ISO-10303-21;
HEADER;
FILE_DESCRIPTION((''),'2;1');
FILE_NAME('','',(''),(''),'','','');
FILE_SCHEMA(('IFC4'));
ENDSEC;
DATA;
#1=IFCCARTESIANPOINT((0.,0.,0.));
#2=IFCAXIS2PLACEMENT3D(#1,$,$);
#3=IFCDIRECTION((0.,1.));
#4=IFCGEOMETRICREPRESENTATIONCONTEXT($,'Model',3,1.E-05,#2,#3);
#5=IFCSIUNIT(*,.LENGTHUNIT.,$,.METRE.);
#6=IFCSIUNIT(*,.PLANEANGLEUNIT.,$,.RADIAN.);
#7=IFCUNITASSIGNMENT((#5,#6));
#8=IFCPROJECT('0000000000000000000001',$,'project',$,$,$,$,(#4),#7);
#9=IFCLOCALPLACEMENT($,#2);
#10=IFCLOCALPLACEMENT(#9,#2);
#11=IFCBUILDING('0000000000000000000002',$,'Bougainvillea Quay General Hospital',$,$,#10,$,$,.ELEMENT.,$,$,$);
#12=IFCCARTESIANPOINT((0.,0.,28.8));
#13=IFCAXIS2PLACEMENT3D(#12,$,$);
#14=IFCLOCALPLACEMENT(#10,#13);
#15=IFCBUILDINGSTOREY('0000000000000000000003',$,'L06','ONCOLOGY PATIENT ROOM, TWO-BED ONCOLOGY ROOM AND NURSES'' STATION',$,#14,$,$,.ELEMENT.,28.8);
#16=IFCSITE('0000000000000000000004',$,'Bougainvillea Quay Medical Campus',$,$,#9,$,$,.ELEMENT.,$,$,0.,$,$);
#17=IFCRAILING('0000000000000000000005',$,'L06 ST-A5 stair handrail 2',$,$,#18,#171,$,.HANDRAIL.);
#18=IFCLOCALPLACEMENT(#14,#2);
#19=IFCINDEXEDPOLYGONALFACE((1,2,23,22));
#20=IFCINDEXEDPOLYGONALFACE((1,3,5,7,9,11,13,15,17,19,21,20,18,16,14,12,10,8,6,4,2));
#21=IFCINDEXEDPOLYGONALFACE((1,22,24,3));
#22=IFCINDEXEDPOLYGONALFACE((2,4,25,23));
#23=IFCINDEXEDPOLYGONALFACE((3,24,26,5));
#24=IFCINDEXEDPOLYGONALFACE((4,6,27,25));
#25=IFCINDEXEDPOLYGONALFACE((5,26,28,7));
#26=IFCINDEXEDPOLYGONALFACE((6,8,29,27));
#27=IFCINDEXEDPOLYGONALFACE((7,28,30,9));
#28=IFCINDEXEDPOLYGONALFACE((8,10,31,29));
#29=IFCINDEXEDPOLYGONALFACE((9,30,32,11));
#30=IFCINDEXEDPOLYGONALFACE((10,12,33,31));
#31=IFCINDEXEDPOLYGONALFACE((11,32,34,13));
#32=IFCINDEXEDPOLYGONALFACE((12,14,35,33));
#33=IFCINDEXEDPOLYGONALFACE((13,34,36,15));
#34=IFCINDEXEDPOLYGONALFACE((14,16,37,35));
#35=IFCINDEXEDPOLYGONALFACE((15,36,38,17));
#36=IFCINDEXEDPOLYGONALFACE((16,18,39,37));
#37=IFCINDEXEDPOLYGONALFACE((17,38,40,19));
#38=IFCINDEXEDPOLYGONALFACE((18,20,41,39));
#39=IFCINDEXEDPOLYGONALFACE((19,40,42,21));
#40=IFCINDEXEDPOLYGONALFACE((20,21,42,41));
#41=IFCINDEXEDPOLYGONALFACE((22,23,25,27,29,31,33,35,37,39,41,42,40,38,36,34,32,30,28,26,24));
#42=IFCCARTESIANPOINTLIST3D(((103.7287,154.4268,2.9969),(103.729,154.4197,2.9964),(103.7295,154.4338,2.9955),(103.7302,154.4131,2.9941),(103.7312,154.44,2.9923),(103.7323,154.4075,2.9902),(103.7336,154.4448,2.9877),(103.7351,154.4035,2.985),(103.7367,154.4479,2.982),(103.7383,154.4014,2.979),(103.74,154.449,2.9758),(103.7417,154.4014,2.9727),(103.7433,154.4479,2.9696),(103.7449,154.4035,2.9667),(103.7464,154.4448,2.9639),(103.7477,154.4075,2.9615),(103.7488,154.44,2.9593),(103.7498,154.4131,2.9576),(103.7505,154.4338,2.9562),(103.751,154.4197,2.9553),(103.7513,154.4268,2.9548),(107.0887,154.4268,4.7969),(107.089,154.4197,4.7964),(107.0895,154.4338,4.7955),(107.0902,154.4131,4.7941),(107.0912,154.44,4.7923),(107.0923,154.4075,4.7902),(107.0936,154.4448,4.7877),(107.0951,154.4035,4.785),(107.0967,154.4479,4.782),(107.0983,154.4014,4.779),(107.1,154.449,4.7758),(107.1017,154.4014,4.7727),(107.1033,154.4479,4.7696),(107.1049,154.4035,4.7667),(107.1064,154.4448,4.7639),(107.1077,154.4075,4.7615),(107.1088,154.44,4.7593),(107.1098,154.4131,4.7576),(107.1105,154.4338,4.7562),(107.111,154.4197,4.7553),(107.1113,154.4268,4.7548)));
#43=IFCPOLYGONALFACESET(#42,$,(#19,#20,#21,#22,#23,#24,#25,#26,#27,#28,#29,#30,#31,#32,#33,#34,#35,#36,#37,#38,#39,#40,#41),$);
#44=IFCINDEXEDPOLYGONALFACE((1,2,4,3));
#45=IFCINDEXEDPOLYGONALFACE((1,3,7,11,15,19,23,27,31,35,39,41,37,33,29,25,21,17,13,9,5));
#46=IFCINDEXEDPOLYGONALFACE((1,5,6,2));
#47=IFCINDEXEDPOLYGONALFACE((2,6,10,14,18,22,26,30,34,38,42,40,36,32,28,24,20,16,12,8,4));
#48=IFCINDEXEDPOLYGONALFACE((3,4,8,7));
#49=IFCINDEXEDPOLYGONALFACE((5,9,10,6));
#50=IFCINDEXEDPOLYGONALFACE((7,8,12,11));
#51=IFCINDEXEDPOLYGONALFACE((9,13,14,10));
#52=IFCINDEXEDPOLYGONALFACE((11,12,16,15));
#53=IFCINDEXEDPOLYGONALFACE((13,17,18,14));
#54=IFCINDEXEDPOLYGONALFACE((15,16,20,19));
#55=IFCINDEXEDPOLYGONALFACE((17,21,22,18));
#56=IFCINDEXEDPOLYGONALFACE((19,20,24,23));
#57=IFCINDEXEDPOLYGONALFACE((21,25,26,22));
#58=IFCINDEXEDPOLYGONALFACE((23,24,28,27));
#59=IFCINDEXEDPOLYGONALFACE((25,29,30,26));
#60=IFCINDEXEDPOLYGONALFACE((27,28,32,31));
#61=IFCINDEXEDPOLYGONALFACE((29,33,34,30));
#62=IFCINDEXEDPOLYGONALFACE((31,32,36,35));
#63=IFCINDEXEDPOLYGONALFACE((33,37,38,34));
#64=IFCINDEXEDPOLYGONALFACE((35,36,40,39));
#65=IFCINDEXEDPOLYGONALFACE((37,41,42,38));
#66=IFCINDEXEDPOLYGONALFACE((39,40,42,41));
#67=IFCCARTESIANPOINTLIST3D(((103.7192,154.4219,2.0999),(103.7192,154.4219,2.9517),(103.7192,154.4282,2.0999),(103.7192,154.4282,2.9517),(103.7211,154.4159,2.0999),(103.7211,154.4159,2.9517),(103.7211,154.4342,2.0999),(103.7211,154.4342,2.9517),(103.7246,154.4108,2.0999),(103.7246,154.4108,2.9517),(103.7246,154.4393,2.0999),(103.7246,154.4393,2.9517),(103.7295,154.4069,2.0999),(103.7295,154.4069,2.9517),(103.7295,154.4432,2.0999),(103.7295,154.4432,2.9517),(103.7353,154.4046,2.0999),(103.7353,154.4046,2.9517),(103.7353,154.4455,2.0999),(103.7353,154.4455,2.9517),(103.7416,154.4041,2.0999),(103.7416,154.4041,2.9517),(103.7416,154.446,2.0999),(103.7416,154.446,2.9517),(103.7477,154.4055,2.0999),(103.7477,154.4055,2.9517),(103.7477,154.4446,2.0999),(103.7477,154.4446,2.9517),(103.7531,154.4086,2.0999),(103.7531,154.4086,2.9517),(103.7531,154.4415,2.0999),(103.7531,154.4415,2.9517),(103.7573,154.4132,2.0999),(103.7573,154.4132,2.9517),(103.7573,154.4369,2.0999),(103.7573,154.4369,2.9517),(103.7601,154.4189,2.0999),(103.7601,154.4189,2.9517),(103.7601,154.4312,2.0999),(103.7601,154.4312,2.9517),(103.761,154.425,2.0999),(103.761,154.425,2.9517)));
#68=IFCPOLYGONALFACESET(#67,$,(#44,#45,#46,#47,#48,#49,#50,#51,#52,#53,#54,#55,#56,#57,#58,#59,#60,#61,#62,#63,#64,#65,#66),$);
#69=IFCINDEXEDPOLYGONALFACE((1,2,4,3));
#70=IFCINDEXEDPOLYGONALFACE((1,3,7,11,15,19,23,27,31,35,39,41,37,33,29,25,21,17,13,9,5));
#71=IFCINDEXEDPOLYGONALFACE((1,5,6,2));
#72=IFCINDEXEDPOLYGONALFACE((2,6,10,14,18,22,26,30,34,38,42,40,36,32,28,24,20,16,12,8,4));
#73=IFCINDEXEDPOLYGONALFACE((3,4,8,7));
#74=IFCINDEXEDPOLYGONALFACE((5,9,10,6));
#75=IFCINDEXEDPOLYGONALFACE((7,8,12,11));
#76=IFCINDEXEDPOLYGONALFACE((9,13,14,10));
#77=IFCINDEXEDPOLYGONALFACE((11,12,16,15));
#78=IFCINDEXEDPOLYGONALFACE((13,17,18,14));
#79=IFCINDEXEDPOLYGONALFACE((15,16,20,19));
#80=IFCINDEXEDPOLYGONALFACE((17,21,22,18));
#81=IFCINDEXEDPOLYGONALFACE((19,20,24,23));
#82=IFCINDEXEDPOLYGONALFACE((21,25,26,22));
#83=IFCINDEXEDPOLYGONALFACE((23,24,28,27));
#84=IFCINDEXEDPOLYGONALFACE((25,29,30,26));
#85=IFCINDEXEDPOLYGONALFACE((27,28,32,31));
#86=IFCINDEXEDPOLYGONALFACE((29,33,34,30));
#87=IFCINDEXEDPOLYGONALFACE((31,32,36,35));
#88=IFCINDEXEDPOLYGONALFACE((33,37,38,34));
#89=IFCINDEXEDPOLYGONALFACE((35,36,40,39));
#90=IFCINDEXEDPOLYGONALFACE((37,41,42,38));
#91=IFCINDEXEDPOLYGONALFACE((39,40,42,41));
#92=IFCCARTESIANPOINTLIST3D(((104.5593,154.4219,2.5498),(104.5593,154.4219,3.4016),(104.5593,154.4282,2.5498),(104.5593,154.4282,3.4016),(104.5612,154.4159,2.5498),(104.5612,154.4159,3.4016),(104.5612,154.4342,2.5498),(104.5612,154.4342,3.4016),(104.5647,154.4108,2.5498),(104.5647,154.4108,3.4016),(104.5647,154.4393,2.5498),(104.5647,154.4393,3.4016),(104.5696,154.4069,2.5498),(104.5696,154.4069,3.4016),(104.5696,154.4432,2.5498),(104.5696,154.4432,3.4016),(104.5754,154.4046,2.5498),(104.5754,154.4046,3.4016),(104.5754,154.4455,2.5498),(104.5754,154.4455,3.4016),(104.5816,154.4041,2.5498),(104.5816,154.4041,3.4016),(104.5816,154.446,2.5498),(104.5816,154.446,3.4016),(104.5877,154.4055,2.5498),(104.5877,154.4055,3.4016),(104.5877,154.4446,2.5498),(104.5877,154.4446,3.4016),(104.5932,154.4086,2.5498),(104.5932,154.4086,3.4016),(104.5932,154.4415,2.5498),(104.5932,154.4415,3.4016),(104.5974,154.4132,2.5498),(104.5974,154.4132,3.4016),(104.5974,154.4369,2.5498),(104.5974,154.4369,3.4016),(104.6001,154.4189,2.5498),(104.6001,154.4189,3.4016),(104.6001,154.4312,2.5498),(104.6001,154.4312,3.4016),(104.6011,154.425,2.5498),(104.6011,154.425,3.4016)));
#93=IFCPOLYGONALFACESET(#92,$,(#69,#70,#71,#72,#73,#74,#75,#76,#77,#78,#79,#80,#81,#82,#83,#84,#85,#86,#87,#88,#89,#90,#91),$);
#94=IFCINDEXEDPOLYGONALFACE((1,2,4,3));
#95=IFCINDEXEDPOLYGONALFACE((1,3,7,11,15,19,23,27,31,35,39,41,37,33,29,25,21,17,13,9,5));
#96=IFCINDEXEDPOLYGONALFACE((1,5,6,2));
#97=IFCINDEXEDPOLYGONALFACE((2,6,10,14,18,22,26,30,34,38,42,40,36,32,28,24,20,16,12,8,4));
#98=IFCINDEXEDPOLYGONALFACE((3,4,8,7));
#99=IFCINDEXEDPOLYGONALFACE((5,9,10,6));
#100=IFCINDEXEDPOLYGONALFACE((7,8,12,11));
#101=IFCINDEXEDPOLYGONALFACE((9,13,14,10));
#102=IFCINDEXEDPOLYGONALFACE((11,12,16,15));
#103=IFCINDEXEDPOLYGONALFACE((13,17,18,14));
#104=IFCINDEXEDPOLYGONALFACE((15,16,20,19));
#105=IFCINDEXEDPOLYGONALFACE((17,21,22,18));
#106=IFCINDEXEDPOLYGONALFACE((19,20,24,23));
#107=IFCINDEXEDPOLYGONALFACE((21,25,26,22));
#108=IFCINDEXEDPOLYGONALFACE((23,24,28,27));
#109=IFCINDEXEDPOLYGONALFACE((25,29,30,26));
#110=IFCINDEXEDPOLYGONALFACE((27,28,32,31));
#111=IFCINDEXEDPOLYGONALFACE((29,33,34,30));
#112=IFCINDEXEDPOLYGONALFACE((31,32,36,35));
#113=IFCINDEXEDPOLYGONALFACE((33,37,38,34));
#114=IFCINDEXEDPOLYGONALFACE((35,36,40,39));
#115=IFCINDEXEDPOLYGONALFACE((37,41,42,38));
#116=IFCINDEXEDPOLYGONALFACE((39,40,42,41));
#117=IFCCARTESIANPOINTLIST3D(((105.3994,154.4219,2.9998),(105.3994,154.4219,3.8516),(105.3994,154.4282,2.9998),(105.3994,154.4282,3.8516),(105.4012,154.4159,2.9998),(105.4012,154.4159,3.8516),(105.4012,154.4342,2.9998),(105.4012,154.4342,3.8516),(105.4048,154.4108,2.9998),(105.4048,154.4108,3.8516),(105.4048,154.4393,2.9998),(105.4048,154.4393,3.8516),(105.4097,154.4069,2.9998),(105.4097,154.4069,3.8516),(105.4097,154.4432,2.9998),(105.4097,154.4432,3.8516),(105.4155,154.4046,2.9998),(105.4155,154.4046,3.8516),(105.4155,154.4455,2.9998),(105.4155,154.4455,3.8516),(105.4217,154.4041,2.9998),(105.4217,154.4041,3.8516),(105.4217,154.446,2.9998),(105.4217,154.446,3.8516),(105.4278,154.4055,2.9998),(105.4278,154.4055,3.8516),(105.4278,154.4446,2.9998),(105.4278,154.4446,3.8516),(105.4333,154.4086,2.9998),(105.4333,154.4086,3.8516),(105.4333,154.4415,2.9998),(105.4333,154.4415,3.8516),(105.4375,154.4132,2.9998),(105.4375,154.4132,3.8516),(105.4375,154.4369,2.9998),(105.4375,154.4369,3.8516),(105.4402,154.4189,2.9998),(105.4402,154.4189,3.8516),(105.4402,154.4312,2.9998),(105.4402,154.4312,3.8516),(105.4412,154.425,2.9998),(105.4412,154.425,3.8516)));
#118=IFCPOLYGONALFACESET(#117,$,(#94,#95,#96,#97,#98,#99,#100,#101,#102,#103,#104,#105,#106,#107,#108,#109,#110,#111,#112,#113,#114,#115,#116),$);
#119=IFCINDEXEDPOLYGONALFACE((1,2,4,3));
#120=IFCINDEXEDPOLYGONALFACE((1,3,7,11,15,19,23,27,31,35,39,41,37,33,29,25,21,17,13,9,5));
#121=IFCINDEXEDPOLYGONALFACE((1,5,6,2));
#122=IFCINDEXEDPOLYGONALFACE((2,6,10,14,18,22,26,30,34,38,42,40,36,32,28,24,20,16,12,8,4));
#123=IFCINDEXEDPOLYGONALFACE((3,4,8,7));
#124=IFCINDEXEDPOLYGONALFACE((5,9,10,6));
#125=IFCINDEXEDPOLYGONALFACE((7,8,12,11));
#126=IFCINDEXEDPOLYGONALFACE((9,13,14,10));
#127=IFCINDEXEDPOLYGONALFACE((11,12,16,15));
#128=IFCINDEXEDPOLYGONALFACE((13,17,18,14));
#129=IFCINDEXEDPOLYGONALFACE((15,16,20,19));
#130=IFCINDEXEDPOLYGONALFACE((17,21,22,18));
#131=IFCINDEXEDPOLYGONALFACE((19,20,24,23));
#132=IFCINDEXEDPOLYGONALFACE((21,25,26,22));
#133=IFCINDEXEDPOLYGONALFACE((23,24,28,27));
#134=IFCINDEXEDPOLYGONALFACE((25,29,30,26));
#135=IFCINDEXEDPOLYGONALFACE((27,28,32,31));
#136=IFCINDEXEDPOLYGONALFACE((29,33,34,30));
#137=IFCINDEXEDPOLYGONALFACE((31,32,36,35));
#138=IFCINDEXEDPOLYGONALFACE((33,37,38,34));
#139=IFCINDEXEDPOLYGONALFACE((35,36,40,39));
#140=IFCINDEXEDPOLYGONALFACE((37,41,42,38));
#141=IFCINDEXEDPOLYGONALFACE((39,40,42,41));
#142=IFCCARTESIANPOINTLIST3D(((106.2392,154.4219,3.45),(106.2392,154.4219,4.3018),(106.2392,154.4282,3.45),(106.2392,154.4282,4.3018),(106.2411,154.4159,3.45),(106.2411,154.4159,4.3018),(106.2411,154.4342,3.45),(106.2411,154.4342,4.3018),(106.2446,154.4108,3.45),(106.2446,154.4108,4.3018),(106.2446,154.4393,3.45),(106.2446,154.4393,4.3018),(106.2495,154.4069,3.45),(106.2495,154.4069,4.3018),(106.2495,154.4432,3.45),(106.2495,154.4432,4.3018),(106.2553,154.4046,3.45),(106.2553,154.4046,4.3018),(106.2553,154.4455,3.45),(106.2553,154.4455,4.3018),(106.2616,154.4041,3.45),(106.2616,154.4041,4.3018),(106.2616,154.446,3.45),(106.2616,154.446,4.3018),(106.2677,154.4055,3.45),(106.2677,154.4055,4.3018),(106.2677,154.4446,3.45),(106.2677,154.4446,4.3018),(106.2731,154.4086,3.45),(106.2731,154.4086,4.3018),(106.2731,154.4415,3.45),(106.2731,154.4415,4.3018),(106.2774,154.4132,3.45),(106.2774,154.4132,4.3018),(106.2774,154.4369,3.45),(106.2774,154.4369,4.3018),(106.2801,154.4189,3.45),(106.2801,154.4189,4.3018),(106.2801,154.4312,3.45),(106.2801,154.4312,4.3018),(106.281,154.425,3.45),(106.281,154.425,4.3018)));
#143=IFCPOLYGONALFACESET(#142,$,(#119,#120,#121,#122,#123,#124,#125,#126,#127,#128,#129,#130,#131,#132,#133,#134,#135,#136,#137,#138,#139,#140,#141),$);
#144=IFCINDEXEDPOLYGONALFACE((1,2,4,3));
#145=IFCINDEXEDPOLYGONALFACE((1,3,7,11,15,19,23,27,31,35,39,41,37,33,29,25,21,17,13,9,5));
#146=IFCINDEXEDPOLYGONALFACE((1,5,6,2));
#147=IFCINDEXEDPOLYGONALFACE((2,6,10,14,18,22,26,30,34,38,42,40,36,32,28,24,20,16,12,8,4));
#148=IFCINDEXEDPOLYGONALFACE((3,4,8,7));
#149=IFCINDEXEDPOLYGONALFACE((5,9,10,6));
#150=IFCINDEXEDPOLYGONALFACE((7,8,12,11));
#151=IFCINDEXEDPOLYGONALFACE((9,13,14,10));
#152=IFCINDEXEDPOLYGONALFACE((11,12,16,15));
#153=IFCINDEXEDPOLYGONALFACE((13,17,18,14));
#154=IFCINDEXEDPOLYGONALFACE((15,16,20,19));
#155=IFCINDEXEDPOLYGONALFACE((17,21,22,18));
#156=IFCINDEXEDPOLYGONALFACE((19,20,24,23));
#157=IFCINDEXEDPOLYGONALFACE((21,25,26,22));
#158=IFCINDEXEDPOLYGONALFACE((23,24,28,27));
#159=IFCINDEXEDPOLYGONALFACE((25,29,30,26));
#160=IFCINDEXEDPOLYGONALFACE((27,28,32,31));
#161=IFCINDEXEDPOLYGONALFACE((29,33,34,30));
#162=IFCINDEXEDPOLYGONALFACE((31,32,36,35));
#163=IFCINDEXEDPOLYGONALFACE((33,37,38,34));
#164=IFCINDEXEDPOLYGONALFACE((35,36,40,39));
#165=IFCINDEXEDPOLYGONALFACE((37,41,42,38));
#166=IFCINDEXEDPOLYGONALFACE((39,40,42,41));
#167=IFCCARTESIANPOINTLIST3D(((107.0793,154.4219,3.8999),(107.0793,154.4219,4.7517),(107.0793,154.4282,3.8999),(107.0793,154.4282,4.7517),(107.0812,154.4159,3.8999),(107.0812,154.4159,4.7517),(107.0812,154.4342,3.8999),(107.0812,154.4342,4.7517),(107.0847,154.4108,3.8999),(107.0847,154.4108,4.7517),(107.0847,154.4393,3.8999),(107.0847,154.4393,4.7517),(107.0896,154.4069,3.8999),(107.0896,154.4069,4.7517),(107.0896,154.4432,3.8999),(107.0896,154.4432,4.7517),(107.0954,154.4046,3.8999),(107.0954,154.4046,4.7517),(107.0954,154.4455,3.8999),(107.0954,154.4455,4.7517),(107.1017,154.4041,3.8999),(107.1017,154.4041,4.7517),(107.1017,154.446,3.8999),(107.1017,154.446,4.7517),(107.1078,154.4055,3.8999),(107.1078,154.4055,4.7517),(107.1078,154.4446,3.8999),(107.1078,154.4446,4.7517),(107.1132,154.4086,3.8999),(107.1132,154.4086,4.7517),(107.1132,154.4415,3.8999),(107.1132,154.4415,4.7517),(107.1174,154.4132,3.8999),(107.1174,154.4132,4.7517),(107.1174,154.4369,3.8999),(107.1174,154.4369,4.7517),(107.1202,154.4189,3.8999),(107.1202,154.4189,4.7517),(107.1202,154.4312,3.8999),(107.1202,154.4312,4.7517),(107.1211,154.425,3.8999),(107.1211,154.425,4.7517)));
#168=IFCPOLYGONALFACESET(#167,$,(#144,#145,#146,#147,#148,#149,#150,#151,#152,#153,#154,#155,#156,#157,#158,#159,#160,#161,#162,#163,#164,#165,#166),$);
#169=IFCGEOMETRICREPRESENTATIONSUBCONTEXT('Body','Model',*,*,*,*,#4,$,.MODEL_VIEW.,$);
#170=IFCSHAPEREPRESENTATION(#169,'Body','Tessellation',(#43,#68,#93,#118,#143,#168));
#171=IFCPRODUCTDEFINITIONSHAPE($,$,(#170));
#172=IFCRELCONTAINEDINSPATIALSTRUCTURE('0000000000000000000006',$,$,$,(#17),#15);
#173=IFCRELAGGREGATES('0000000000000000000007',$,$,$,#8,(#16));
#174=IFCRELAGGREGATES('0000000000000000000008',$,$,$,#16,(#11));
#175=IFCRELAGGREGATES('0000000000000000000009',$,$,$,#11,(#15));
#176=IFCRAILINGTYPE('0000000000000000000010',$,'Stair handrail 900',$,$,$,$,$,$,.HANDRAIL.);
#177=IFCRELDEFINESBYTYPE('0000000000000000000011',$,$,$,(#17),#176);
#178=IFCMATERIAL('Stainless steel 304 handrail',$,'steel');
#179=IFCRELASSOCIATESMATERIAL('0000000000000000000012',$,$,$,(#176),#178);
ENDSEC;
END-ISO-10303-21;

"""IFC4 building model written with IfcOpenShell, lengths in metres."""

from ifc_helpers import new_model, si_unit, direction, frame, origin, origin_2d, place, context, subcontext, project, spatial, circle, extrude, material, type_object, element, save


model = new_model("IFC4")

# Units and contexts
model_context = context("Model", 3, precision=1e-05, world=origin(), true_north=direction((0.0, 1.0)))
body_context = subcontext(model_context, "Body", "Model", "MODEL_VIEW")
ifc_project = project(units=[si_unit("LENGTHUNIT", "METRE"), si_unit("PLANEANGLEUNIT", "RADIAN")], contexts=[model_context])

# Site, building, storey
site_placement = place(None, origin())
site = spatial("IfcSite", under=ifc_project, at=site_placement, Name="Bougainvillea Quay Medical Campus", CompositionType="ELEMENT", RefElevation=0.0)
building_placement = place(site_placement, origin())
building = spatial("IfcBuilding", under=site, at=building_placement, Name="Bougainvillea Quay General Hospital", CompositionType="ELEMENT")
storey_placement = place(building_placement, frame((0.0, 0.0, 28.8)))
storey = spatial("IfcBuildingStorey", under=building, at=storey_placement, Name="L06", Description="ONCOLOGY PATIENT ROOM, TWO-BED ONCOLOGY ROOM AND NURSES' STATION", CompositionType="ELEMENT", Elevation=28.8)

# Railing
ifc_material_1 = material(Name="Stainless steel 304 handrail", Category="steel")
railing_type_1 = type_object("IfcRailingType", Name="Stair handrail 900", PredefinedType="HANDRAIL", material=ifc_material_1)
railing_1_placement = place(storey_placement, frame((103.74, 154.425, 2.0999)))
element("IfcRailing", 1, at=railing_1_placement, inside=storey, type_object=railing_type_1, Name="L06 ST-A5 stair handrail 2", PredefinedType="HANDRAIL", context=body_context, shape_type="SweptSolid", body=[
    extrude(circle(Radius=0.0239, at=origin_2d()), frame((0.0, 0.0, 0.876), z_axis=(0.881481, 0.0, 0.47222), x_axis=(0.0, 1.0, 0.0)), (0.0, 0.0, 1.0), 3.8118),
    extrude(circle(Radius=0.021, at=origin_2d()), origin(), (0.0, 0.0, 1.0), 0.8518),
    extrude(circle(Radius=0.021, at=origin_2d()), frame((0.8401, 0.0, 0.45)), (0.0, 0.0, 1.0), 0.8518),
    extrude(circle(Radius=0.021, at=origin_2d()), frame((1.6802, 0.0, 0.8999)), (0.0, 0.0, 1.0), 0.8518),
    extrude(circle(Radius=0.021, at=origin_2d()), frame((2.52, 0.0, 1.3501)), (0.0, 0.0, 1.0), 0.8518),
    extrude(circle(Radius=0.021, at=origin_2d()), frame((3.3601, 0.0, 1.8)), (0.0, 0.0, 1.0), 0.8518),
])

save(model, "model.ifc")
